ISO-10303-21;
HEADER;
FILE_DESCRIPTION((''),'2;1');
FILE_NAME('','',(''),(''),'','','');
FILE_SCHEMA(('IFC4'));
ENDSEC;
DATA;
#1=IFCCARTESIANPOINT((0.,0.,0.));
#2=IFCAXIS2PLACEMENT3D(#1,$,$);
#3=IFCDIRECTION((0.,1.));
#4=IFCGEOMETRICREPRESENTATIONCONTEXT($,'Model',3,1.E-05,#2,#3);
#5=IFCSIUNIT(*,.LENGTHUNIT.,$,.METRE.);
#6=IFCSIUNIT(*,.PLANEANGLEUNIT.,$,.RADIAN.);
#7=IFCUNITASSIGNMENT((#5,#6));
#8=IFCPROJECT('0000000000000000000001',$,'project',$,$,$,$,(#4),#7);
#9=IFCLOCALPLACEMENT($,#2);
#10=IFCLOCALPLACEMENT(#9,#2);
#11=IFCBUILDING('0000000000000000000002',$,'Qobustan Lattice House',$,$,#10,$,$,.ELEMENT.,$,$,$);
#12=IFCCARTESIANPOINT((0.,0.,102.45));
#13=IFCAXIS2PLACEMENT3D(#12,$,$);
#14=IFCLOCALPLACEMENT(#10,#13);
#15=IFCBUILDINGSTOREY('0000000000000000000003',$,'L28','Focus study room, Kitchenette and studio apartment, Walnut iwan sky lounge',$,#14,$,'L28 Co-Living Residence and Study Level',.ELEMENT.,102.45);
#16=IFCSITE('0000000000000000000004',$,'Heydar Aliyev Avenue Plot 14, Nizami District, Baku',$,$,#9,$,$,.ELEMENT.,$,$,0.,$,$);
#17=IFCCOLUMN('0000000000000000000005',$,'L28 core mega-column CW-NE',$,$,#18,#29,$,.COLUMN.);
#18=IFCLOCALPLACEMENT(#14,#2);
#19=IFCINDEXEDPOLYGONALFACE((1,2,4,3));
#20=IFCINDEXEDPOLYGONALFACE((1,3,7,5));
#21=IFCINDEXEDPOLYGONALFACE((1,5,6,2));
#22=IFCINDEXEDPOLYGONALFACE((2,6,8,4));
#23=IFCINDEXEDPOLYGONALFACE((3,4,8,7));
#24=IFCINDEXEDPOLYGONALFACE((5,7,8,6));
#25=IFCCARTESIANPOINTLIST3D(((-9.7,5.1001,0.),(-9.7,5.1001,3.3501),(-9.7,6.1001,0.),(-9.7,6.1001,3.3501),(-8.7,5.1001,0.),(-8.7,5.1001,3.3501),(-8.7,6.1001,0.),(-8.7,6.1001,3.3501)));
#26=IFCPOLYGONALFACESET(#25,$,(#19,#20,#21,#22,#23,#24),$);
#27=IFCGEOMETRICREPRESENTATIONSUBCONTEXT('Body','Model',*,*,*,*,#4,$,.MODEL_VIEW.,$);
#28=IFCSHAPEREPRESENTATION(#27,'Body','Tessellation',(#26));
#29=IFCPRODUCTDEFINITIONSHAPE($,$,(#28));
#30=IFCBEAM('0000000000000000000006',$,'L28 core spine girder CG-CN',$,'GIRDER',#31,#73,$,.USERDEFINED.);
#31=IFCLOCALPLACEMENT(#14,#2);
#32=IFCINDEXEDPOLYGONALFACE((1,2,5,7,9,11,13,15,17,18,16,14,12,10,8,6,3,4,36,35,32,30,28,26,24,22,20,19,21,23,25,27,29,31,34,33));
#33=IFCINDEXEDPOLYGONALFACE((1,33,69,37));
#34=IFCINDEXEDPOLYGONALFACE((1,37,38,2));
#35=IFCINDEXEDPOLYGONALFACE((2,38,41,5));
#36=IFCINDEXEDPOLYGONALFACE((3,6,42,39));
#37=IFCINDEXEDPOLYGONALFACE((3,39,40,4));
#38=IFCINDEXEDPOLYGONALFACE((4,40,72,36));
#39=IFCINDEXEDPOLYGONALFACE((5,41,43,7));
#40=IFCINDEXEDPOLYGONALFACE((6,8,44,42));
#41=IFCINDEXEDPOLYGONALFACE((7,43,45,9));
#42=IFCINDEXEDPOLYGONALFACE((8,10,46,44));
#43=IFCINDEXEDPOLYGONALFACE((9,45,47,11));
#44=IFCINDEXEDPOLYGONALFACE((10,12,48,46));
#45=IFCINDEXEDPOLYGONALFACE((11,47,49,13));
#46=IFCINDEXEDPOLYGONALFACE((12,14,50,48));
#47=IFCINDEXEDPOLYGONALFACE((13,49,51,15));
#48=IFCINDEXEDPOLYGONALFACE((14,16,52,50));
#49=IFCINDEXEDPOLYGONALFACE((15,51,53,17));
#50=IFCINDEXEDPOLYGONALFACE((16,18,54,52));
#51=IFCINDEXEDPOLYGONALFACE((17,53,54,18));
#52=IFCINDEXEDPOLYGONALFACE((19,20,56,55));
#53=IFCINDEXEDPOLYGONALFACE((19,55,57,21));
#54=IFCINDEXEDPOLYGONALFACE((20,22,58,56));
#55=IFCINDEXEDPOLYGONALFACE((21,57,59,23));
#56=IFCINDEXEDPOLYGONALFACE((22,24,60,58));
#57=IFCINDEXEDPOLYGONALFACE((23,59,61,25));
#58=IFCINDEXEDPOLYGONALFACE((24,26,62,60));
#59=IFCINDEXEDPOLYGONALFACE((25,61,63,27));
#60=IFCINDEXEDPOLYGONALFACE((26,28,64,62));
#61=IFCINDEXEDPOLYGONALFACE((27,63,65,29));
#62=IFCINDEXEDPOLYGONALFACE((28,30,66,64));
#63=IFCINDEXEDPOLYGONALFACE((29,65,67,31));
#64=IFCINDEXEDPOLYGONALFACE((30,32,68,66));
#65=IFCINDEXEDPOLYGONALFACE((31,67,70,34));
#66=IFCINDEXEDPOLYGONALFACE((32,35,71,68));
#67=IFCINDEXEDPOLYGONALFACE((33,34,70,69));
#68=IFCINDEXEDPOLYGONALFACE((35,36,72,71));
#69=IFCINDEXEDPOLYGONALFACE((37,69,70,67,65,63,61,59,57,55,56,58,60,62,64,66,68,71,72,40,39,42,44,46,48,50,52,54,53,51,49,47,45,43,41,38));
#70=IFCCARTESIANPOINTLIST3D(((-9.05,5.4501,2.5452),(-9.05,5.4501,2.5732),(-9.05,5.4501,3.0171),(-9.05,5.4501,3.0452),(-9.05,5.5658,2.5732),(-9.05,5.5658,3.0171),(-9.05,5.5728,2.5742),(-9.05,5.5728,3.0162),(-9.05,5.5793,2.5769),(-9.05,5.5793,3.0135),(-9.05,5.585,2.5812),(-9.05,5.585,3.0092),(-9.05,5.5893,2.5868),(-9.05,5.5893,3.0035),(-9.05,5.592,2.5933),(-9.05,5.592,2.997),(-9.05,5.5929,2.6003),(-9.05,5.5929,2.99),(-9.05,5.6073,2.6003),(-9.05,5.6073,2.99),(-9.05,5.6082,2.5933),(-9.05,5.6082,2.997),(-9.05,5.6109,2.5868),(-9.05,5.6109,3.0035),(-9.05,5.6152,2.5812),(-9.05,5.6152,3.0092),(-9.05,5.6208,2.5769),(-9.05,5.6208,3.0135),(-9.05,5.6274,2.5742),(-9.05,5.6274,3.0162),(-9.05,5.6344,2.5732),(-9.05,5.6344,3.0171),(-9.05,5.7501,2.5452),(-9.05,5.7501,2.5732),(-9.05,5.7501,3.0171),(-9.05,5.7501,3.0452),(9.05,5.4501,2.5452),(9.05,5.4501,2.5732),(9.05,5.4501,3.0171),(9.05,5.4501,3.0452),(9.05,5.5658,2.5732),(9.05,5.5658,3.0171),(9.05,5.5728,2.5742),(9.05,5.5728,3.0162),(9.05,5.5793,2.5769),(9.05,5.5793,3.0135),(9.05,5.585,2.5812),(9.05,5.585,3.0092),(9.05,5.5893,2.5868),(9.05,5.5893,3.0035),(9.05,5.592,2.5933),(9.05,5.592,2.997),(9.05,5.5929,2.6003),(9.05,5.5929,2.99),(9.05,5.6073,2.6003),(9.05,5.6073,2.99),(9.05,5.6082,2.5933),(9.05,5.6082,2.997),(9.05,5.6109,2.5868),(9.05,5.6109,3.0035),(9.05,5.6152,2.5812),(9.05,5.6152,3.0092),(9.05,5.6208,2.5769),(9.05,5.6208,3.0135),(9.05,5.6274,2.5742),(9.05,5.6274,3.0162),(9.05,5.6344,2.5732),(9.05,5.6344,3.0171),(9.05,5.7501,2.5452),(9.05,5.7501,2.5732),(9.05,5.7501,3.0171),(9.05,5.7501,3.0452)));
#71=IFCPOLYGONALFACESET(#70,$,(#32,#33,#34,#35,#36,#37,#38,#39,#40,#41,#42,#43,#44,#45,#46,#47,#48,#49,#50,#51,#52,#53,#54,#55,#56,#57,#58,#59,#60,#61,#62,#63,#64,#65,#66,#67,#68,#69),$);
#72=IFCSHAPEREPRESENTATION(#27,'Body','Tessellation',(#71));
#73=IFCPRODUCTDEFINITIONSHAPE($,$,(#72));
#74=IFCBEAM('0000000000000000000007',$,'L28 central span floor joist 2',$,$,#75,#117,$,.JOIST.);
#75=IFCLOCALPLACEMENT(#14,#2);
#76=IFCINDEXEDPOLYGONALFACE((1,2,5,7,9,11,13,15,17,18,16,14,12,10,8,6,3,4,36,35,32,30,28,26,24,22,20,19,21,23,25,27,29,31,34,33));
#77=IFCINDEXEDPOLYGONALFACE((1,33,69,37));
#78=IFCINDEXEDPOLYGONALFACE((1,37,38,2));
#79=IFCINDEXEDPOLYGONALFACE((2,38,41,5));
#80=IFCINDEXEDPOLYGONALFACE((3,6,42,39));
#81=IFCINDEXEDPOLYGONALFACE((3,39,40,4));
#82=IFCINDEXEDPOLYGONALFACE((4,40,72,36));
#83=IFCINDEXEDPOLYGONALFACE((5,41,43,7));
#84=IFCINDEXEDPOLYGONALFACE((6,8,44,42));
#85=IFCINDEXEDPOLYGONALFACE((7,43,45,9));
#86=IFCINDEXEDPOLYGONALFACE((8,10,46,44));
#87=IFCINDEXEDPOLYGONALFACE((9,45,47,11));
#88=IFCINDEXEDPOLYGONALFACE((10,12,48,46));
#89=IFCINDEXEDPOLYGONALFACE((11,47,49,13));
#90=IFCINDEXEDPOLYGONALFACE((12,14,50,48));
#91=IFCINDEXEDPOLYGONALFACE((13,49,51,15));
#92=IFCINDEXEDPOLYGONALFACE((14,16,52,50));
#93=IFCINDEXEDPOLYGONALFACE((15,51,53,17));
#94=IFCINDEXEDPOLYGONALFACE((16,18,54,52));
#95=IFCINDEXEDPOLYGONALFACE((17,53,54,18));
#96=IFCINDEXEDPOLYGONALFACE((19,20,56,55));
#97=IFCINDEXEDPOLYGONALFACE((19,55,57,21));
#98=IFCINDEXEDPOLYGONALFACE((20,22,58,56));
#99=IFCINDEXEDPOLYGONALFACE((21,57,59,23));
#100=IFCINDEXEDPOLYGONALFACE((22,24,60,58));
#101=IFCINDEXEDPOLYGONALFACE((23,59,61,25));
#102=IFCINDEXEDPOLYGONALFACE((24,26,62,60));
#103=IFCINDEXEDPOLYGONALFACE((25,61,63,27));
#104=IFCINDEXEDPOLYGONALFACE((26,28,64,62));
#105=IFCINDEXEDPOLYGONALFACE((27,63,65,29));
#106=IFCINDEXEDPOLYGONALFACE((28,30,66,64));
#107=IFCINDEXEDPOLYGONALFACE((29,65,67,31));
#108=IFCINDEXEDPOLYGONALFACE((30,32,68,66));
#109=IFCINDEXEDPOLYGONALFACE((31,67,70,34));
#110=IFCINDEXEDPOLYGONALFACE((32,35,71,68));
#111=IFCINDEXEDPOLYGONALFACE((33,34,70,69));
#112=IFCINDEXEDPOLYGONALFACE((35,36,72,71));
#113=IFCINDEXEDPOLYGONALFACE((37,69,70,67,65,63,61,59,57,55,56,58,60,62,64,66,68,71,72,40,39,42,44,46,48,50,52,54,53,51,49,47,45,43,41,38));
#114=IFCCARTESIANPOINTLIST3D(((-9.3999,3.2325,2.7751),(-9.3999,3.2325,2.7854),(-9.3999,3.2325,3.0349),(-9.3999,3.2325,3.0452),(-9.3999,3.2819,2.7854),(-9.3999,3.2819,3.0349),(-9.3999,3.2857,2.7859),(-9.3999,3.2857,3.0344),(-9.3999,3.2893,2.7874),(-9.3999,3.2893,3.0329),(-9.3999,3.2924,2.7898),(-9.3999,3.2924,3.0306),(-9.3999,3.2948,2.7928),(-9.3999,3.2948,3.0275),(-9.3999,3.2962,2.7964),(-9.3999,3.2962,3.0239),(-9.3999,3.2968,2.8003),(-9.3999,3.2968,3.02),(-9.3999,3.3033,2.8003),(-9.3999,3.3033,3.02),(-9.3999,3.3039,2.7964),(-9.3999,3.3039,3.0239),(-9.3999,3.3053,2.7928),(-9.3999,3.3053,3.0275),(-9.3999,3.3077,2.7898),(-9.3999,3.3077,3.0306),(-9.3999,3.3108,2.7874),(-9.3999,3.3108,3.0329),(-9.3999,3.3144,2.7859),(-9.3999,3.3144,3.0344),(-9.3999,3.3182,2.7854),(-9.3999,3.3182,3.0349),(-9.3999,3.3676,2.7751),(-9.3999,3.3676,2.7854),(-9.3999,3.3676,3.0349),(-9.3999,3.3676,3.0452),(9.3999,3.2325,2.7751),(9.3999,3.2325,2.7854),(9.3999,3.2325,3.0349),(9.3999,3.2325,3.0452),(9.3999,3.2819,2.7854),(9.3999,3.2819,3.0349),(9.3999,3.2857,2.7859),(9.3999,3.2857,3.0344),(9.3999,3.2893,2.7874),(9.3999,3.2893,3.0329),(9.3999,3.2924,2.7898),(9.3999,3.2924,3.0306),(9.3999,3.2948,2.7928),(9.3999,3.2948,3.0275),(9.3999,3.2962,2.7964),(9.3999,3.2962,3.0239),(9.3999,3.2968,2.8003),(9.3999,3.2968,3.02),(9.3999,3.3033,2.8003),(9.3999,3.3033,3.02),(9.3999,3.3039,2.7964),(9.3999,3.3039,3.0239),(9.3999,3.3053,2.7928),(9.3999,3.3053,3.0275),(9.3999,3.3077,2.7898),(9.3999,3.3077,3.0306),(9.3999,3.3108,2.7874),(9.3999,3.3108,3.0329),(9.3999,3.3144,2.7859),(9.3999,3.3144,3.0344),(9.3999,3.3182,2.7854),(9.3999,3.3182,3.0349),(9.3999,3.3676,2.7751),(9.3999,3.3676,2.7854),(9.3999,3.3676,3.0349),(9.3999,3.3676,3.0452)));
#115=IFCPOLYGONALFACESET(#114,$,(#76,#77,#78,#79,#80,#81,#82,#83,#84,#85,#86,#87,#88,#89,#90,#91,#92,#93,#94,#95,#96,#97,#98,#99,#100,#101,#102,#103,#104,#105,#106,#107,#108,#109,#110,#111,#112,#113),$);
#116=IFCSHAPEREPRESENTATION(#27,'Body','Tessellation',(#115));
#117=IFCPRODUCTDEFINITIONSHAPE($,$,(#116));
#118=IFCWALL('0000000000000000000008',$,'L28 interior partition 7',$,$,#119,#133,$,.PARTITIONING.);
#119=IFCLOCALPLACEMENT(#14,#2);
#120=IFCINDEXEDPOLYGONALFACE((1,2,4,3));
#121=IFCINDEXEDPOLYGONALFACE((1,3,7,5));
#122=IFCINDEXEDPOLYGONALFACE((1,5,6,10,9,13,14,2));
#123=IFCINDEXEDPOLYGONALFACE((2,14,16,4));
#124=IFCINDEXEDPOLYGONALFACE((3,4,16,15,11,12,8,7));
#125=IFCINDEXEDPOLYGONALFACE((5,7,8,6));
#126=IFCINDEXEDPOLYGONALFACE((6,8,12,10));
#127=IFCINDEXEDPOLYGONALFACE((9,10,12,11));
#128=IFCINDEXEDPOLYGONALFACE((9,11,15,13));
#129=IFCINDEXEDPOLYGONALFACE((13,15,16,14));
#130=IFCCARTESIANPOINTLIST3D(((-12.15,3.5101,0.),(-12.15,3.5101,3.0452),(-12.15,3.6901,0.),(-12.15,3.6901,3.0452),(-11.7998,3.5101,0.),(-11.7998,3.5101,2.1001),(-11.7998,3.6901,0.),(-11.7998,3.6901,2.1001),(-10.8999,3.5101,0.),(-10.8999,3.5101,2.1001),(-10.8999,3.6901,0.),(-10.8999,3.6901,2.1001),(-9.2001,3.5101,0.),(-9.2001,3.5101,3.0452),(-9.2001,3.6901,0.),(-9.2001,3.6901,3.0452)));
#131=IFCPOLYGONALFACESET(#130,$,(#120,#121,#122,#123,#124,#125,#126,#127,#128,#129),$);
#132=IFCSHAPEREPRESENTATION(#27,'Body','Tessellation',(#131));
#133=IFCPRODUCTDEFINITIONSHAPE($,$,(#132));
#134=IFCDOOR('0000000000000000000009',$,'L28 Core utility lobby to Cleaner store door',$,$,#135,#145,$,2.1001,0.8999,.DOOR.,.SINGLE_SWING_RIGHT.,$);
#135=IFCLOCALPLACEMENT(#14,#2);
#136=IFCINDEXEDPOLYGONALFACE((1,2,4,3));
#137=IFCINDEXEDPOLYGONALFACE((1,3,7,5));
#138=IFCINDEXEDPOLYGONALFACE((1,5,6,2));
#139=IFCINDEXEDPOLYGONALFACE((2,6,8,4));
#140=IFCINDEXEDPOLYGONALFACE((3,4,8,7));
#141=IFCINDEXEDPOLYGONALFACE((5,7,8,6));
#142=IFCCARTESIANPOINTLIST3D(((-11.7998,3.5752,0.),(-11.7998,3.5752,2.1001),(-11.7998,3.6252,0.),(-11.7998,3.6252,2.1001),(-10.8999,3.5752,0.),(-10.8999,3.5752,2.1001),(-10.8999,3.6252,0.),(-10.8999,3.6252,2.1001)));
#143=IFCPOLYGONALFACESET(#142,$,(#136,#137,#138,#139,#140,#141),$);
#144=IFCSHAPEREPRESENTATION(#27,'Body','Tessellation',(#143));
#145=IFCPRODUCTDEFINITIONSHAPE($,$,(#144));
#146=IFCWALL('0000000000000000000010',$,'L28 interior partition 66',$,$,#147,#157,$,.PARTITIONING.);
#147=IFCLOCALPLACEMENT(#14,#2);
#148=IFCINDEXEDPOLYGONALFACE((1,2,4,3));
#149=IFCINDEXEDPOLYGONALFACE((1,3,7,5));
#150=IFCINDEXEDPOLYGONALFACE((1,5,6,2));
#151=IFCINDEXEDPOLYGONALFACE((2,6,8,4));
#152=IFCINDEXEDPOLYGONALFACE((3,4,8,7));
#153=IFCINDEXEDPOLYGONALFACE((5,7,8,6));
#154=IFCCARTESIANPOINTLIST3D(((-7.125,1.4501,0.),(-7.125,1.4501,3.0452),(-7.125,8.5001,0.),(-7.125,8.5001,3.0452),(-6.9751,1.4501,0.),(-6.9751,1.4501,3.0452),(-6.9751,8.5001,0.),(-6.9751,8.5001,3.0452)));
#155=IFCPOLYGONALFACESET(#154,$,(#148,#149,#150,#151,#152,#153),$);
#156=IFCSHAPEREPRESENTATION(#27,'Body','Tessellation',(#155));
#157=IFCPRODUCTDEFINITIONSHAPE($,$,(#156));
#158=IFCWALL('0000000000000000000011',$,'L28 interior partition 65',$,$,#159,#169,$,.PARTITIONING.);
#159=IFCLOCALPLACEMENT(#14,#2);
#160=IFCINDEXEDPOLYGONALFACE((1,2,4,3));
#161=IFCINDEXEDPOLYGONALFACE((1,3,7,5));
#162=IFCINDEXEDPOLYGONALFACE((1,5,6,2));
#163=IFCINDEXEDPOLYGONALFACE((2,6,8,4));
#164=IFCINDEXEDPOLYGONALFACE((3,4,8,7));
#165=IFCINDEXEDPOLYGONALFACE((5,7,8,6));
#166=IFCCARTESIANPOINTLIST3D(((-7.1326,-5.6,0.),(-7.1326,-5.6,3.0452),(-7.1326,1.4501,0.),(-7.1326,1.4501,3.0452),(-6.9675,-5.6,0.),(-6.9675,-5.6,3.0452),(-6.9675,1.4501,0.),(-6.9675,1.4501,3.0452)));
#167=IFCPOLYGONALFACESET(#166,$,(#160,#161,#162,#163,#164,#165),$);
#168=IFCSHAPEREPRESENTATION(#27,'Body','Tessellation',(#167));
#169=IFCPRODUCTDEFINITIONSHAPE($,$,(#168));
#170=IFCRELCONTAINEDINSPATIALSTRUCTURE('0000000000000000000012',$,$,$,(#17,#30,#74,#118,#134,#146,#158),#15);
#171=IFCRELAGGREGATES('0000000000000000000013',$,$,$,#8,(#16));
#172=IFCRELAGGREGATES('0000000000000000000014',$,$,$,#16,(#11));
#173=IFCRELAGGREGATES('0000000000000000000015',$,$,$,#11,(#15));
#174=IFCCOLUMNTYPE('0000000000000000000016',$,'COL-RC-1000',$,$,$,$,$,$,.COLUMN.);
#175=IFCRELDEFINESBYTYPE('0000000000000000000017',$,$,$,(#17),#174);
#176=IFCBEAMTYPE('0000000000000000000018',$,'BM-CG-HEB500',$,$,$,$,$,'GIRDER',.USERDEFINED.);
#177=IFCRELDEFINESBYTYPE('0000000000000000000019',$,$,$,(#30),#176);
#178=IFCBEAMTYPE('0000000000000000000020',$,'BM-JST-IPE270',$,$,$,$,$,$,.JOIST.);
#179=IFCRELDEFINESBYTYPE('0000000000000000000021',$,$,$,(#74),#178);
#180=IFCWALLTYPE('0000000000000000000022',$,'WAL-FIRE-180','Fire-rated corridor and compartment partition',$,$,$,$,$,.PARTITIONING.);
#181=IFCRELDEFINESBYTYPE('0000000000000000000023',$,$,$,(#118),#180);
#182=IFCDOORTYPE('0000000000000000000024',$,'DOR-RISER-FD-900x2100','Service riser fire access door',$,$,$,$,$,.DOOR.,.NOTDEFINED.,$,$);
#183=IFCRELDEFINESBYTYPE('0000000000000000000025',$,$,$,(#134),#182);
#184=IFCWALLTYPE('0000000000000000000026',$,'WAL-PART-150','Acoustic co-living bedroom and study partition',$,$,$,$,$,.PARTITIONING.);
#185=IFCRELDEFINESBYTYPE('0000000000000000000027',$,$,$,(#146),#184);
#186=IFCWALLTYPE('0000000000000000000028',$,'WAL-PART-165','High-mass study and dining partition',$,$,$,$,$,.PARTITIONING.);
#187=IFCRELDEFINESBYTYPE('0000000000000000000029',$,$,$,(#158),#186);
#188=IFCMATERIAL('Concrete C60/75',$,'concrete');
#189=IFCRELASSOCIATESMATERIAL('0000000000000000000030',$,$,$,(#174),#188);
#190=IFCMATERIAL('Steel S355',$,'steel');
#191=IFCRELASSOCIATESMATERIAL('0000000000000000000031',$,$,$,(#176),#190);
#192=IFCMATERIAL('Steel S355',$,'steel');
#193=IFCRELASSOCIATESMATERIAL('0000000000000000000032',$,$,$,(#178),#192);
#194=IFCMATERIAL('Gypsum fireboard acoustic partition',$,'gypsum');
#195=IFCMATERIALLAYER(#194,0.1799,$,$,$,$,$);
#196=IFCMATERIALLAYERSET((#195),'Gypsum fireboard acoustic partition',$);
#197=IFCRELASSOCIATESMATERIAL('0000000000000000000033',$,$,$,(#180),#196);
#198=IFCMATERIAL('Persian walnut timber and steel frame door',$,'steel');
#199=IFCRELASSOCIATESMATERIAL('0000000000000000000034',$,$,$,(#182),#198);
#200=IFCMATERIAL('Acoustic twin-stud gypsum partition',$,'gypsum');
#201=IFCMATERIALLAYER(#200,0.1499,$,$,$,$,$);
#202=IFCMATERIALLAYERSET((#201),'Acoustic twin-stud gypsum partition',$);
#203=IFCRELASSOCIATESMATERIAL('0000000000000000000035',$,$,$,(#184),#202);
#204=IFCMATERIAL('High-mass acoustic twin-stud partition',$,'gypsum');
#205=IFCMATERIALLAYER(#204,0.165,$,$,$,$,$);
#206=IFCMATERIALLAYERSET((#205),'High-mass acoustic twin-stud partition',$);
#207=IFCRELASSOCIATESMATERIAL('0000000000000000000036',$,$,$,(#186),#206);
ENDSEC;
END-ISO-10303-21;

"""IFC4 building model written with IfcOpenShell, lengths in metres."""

from ifc_helpers import new_model, si_unit, direction, frame, frame_2d, origin, origin_2d, place, context, subcontext, project, spatial, rectangle, i_section, extrude, material, layer, layer_set, material_profile, profile_set, type_object, element, fill, save


model = new_model("IFC4")

# Units and contexts
model_context = context("Model", 3, precision=1e-05, world=origin(), true_north=direction((0.0, 1.0)))
body_context = subcontext(model_context, "Body", "Model", "MODEL_VIEW")
ifc_project = project(units=[si_unit("LENGTHUNIT", "METRE"), si_unit("PLANEANGLEUNIT", "RADIAN")], contexts=[model_context])

# Site, building, storey
site_placement = place(None, origin())
site = spatial("IfcSite", under=ifc_project, at=site_placement, Name="Heydar Aliyev Avenue Plot 14, Nizami District, Baku", CompositionType="ELEMENT", RefElevation=0.0)
building_placement = place(site_placement, origin())
building = spatial("IfcBuilding", under=site, at=building_placement, Name="Qobustan Lattice House", CompositionType="ELEMENT")
storey_placement = place(building_placement, frame((0.0, 0.0, 102.45)))
storey = spatial("IfcBuildingStorey", under=building, at=storey_placement, Name="L28", Description="Focus study room, Kitchenette and studio apartment, Walnut iwan sky lounge", LongName="L28 Co-Living Residence and Study Level", CompositionType="ELEMENT", Elevation=102.45)

# Column
ifc_material_1 = material(Name="Concrete C60/75", Category="concrete")
ifc_material_profile_1 = material_profile(ifc_material_1, rectangle(XDim=1.0, YDim=1.0, at=origin_2d()), Name="RC1000x1000")
ifc_profile_set_1 = profile_set([ifc_material_profile_1], Name="Concrete C60/75")
column_type = type_object("IfcColumnType", Name="COL-RC-1000", PredefinedType="COLUMN", material=ifc_profile_set_1)
column_placement = place(storey_placement, frame((-9.2, 5.6001, 0.0), z_axis=(0.0, 0.0, 1.0), x_axis=(1.0, 0.0, 0.0)))
element("IfcColumn", 1, at=column_placement, inside=storey, type_object=column_type, Name="L28 core mega-column CW-NE", PredefinedType="COLUMN", context=body_context, shape_type="SweptSolid", body=[
    extrude(rectangle(XDim=1.0, YDim=1.0, at=origin_2d()), origin(), (0.0, 0.0, 1.0), 3.3501),
])

# Beams
ifc_material_2 = material(Name="Steel S355", Category="steel")
ifc_material_profile_2 = material_profile(ifc_material_2, i_section(OverallWidth=0.3, OverallDepth=0.5, WebThickness=0.0144, FlangeThickness=0.0281, FilletRadius=0.0271, at=origin_2d()), Name="HEB500")
ifc_profile_set_2 = profile_set([ifc_material_profile_2], Name="Steel S355")
beam_type_1 = type_object("IfcBeamType", Name="BM-CG-HEB500", ElementType="GIRDER", PredefinedType="USERDEFINED", material=ifc_profile_set_2)
beam_1_placement = place(storey_placement, frame((-9.05, 5.6001, 2.7952), z_axis=(1.0, 0.0, 0.0), x_axis=(0.0, 1.0, 0.0)))
element("IfcBeam", 2, at=beam_1_placement, inside=storey, type_object=beam_type_1, Name="L28 core spine girder CG-CN", ObjectType="GIRDER", PredefinedType="USERDEFINED", context=body_context, shape_type="SweptSolid", body=[
    extrude(i_section(OverallWidth=0.3, OverallDepth=0.5, WebThickness=0.0144, FlangeThickness=0.0281, FilletRadius=0.0271, at=origin_2d()), origin(), (0.0, 0.0, 1.0), 18.1001),
])
ifc_material_3 = material(Name="Steel S355", Category="steel")
ifc_material_profile_3 = material_profile(ifc_material_3, i_section(OverallWidth=0.135, OverallDepth=0.27, WebThickness=0.0066, FlangeThickness=0.0103, FilletRadius=0.0149, at=origin_2d()), Name="IPE270")
ifc_profile_set_3 = profile_set([ifc_material_profile_3], Name="Steel S355")
beam_type_2 = type_object("IfcBeamType", Name="BM-JST-IPE270", PredefinedType="JOIST", material=ifc_profile_set_3)
beam_2_placement = place(storey_placement, frame((-9.3999, 3.3, 2.9102), z_axis=(1.0, 0.0, 0.0), x_axis=(0.0, 1.0, 0.0)))
element("IfcBeam", 3, at=beam_2_placement, inside=storey, type_object=beam_type_2, Name="L28 central span floor joist 2", PredefinedType="JOIST", context=body_context, shape_type="SweptSolid", body=[
    extrude(i_section(OverallWidth=0.135, OverallDepth=0.27, WebThickness=0.0066, FlangeThickness=0.0103, FilletRadius=0.0149, at=origin_2d()), origin(), (0.0, 0.0, 1.0), 18.7998),
])

# Wall, opening, door
ifc_material_4 = material(Name="Gypsum fireboard acoustic partition", Category="gypsum")
ifc_layer_1 = layer(ifc_material_4, 0.1799)
ifc_layer_set_1 = layer_set([ifc_layer_1], Name="Gypsum fireboard acoustic partition")
wall_type_1 = type_object("IfcWallType", Name="WAL-FIRE-180", Description="Fire-rated corridor and compartment partition", PredefinedType="PARTITIONING", material=ifc_layer_set_1)
wall_1_placement = place(storey_placement, frame((-9.2, 3.6001, 0.0), z_axis=(0.0, 0.0, 1.0), x_axis=(-1.0, 0.0, 0.0)))
wall_1 = element("IfcWall", 4, at=wall_1_placement, inside=storey, type_object=wall_type_1, Name="L28 interior partition 7", PredefinedType="PARTITIONING", context=body_context, shape_type="SweptSolid", body=[
    extrude(rectangle(XDim=2.95, YDim=0.1799, at=frame_2d((1.4751, 0.0))), origin(), (0.0, 0.0, 1.0), 3.0452),
])
opening_1_placement = place(wall_1_placement, frame((1.7, 0.0, 0.0)))
opening_1 = element("IfcOpeningElement", 5, at=opening_1_placement, cuts=wall_1, PredefinedType="OPENING", context=body_context, shape_type="SweptSolid", body=[
    extrude(rectangle(XDim=0.8999, YDim=2.1001, at=frame_2d((0.45, 1.05))), frame((0.0, 0.0999, 0.0), z_axis=(0.0, -1.0, 0.0), x_axis=(1.0, 0.0, 0.0)), (0.0, 0.0, 1.0), 0.2),
])
ifc_material_5 = material(Name="Persian walnut timber and steel frame door", Category="steel")
door_type_1 = type_object("IfcDoorType", Name="DOR-RISER-FD-900x2100", Description="Service riser fire access door", OperationType="NOTDEFINED", PredefinedType="DOOR", material=ifc_material_5)
door_1_placement = place(opening_1_placement, origin())
door_1 = element("IfcDoor", 6, at=door_1_placement, inside=storey, type_object=door_type_1, Name="L28 Core utility lobby to Cleaner store door", OperationType="SINGLE_SWING_RIGHT", OverallHeight=2.1001, OverallWidth=0.8999, PredefinedType="DOOR", context=body_context, shape_type="SweptSolid", body=[
    extrude(rectangle(XDim=0.8999, YDim=2.1001, at=frame_2d((0.45, 1.05))), frame((0.0, 0.0249, 0.0), z_axis=(0.0, -1.0, 0.0), x_axis=(1.0, 0.0, 0.0)), (0.0, 0.0, 1.0), 0.05),
])
fill(opening_1, door_1)

# Walls
ifc_material_6 = material(Name="Acoustic twin-stud gypsum partition", Category="gypsum")
ifc_layer_2 = layer(ifc_material_6, 0.1499)
ifc_layer_set_2 = layer_set([ifc_layer_2], Name="Acoustic twin-stud gypsum partition")
wall_type_2 = type_object("IfcWallType", Name="WAL-PART-150", Description="Acoustic co-living bedroom and study partition", PredefinedType="PARTITIONING", material=ifc_layer_set_2)
wall_2_placement = place(storey_placement, frame((-7.05, 8.5, 0.0), z_axis=(0.0, 0.0, 1.0), x_axis=(0.0, -1.0, 0.0)))
element("IfcWall", 7, at=wall_2_placement, inside=storey, type_object=wall_type_2, Name="L28 interior partition 66", PredefinedType="PARTITIONING", context=body_context, shape_type="SweptSolid", body=[
    extrude(rectangle(XDim=7.05, YDim=0.1499, at=frame_2d((3.5249, 0.0))), origin(), (0.0, 0.0, 1.0), 3.0452),
])
ifc_material_7 = material(Name="High-mass acoustic twin-stud partition", Category="gypsum")
ifc_layer_3 = layer(ifc_material_7, 0.165)
ifc_layer_set_3 = layer_set([ifc_layer_3], Name="High-mass acoustic twin-stud partition")
wall_type_3 = type_object("IfcWallType", Name="WAL-PART-165", Description="High-mass study and dining partition", PredefinedType="PARTITIONING", material=ifc_layer_set_3)
wall_3_placement = place(storey_placement, frame((-7.05, 1.45, 0.0), z_axis=(0.0, 0.0, 1.0), x_axis=(0.0, -1.0, 0.0)))
element("IfcWall", 8, at=wall_3_placement, inside=storey, type_object=wall_type_3, Name="L28 interior partition 65", PredefinedType="PARTITIONING", context=body_context, shape_type="SweptSolid", body=[
    extrude(rectangle(XDim=7.05, YDim=0.165, at=frame_2d((3.5249, 0.0))), origin(), (0.0, 0.0, 1.0), 3.0452),
])

save(model, "model.ifc")
